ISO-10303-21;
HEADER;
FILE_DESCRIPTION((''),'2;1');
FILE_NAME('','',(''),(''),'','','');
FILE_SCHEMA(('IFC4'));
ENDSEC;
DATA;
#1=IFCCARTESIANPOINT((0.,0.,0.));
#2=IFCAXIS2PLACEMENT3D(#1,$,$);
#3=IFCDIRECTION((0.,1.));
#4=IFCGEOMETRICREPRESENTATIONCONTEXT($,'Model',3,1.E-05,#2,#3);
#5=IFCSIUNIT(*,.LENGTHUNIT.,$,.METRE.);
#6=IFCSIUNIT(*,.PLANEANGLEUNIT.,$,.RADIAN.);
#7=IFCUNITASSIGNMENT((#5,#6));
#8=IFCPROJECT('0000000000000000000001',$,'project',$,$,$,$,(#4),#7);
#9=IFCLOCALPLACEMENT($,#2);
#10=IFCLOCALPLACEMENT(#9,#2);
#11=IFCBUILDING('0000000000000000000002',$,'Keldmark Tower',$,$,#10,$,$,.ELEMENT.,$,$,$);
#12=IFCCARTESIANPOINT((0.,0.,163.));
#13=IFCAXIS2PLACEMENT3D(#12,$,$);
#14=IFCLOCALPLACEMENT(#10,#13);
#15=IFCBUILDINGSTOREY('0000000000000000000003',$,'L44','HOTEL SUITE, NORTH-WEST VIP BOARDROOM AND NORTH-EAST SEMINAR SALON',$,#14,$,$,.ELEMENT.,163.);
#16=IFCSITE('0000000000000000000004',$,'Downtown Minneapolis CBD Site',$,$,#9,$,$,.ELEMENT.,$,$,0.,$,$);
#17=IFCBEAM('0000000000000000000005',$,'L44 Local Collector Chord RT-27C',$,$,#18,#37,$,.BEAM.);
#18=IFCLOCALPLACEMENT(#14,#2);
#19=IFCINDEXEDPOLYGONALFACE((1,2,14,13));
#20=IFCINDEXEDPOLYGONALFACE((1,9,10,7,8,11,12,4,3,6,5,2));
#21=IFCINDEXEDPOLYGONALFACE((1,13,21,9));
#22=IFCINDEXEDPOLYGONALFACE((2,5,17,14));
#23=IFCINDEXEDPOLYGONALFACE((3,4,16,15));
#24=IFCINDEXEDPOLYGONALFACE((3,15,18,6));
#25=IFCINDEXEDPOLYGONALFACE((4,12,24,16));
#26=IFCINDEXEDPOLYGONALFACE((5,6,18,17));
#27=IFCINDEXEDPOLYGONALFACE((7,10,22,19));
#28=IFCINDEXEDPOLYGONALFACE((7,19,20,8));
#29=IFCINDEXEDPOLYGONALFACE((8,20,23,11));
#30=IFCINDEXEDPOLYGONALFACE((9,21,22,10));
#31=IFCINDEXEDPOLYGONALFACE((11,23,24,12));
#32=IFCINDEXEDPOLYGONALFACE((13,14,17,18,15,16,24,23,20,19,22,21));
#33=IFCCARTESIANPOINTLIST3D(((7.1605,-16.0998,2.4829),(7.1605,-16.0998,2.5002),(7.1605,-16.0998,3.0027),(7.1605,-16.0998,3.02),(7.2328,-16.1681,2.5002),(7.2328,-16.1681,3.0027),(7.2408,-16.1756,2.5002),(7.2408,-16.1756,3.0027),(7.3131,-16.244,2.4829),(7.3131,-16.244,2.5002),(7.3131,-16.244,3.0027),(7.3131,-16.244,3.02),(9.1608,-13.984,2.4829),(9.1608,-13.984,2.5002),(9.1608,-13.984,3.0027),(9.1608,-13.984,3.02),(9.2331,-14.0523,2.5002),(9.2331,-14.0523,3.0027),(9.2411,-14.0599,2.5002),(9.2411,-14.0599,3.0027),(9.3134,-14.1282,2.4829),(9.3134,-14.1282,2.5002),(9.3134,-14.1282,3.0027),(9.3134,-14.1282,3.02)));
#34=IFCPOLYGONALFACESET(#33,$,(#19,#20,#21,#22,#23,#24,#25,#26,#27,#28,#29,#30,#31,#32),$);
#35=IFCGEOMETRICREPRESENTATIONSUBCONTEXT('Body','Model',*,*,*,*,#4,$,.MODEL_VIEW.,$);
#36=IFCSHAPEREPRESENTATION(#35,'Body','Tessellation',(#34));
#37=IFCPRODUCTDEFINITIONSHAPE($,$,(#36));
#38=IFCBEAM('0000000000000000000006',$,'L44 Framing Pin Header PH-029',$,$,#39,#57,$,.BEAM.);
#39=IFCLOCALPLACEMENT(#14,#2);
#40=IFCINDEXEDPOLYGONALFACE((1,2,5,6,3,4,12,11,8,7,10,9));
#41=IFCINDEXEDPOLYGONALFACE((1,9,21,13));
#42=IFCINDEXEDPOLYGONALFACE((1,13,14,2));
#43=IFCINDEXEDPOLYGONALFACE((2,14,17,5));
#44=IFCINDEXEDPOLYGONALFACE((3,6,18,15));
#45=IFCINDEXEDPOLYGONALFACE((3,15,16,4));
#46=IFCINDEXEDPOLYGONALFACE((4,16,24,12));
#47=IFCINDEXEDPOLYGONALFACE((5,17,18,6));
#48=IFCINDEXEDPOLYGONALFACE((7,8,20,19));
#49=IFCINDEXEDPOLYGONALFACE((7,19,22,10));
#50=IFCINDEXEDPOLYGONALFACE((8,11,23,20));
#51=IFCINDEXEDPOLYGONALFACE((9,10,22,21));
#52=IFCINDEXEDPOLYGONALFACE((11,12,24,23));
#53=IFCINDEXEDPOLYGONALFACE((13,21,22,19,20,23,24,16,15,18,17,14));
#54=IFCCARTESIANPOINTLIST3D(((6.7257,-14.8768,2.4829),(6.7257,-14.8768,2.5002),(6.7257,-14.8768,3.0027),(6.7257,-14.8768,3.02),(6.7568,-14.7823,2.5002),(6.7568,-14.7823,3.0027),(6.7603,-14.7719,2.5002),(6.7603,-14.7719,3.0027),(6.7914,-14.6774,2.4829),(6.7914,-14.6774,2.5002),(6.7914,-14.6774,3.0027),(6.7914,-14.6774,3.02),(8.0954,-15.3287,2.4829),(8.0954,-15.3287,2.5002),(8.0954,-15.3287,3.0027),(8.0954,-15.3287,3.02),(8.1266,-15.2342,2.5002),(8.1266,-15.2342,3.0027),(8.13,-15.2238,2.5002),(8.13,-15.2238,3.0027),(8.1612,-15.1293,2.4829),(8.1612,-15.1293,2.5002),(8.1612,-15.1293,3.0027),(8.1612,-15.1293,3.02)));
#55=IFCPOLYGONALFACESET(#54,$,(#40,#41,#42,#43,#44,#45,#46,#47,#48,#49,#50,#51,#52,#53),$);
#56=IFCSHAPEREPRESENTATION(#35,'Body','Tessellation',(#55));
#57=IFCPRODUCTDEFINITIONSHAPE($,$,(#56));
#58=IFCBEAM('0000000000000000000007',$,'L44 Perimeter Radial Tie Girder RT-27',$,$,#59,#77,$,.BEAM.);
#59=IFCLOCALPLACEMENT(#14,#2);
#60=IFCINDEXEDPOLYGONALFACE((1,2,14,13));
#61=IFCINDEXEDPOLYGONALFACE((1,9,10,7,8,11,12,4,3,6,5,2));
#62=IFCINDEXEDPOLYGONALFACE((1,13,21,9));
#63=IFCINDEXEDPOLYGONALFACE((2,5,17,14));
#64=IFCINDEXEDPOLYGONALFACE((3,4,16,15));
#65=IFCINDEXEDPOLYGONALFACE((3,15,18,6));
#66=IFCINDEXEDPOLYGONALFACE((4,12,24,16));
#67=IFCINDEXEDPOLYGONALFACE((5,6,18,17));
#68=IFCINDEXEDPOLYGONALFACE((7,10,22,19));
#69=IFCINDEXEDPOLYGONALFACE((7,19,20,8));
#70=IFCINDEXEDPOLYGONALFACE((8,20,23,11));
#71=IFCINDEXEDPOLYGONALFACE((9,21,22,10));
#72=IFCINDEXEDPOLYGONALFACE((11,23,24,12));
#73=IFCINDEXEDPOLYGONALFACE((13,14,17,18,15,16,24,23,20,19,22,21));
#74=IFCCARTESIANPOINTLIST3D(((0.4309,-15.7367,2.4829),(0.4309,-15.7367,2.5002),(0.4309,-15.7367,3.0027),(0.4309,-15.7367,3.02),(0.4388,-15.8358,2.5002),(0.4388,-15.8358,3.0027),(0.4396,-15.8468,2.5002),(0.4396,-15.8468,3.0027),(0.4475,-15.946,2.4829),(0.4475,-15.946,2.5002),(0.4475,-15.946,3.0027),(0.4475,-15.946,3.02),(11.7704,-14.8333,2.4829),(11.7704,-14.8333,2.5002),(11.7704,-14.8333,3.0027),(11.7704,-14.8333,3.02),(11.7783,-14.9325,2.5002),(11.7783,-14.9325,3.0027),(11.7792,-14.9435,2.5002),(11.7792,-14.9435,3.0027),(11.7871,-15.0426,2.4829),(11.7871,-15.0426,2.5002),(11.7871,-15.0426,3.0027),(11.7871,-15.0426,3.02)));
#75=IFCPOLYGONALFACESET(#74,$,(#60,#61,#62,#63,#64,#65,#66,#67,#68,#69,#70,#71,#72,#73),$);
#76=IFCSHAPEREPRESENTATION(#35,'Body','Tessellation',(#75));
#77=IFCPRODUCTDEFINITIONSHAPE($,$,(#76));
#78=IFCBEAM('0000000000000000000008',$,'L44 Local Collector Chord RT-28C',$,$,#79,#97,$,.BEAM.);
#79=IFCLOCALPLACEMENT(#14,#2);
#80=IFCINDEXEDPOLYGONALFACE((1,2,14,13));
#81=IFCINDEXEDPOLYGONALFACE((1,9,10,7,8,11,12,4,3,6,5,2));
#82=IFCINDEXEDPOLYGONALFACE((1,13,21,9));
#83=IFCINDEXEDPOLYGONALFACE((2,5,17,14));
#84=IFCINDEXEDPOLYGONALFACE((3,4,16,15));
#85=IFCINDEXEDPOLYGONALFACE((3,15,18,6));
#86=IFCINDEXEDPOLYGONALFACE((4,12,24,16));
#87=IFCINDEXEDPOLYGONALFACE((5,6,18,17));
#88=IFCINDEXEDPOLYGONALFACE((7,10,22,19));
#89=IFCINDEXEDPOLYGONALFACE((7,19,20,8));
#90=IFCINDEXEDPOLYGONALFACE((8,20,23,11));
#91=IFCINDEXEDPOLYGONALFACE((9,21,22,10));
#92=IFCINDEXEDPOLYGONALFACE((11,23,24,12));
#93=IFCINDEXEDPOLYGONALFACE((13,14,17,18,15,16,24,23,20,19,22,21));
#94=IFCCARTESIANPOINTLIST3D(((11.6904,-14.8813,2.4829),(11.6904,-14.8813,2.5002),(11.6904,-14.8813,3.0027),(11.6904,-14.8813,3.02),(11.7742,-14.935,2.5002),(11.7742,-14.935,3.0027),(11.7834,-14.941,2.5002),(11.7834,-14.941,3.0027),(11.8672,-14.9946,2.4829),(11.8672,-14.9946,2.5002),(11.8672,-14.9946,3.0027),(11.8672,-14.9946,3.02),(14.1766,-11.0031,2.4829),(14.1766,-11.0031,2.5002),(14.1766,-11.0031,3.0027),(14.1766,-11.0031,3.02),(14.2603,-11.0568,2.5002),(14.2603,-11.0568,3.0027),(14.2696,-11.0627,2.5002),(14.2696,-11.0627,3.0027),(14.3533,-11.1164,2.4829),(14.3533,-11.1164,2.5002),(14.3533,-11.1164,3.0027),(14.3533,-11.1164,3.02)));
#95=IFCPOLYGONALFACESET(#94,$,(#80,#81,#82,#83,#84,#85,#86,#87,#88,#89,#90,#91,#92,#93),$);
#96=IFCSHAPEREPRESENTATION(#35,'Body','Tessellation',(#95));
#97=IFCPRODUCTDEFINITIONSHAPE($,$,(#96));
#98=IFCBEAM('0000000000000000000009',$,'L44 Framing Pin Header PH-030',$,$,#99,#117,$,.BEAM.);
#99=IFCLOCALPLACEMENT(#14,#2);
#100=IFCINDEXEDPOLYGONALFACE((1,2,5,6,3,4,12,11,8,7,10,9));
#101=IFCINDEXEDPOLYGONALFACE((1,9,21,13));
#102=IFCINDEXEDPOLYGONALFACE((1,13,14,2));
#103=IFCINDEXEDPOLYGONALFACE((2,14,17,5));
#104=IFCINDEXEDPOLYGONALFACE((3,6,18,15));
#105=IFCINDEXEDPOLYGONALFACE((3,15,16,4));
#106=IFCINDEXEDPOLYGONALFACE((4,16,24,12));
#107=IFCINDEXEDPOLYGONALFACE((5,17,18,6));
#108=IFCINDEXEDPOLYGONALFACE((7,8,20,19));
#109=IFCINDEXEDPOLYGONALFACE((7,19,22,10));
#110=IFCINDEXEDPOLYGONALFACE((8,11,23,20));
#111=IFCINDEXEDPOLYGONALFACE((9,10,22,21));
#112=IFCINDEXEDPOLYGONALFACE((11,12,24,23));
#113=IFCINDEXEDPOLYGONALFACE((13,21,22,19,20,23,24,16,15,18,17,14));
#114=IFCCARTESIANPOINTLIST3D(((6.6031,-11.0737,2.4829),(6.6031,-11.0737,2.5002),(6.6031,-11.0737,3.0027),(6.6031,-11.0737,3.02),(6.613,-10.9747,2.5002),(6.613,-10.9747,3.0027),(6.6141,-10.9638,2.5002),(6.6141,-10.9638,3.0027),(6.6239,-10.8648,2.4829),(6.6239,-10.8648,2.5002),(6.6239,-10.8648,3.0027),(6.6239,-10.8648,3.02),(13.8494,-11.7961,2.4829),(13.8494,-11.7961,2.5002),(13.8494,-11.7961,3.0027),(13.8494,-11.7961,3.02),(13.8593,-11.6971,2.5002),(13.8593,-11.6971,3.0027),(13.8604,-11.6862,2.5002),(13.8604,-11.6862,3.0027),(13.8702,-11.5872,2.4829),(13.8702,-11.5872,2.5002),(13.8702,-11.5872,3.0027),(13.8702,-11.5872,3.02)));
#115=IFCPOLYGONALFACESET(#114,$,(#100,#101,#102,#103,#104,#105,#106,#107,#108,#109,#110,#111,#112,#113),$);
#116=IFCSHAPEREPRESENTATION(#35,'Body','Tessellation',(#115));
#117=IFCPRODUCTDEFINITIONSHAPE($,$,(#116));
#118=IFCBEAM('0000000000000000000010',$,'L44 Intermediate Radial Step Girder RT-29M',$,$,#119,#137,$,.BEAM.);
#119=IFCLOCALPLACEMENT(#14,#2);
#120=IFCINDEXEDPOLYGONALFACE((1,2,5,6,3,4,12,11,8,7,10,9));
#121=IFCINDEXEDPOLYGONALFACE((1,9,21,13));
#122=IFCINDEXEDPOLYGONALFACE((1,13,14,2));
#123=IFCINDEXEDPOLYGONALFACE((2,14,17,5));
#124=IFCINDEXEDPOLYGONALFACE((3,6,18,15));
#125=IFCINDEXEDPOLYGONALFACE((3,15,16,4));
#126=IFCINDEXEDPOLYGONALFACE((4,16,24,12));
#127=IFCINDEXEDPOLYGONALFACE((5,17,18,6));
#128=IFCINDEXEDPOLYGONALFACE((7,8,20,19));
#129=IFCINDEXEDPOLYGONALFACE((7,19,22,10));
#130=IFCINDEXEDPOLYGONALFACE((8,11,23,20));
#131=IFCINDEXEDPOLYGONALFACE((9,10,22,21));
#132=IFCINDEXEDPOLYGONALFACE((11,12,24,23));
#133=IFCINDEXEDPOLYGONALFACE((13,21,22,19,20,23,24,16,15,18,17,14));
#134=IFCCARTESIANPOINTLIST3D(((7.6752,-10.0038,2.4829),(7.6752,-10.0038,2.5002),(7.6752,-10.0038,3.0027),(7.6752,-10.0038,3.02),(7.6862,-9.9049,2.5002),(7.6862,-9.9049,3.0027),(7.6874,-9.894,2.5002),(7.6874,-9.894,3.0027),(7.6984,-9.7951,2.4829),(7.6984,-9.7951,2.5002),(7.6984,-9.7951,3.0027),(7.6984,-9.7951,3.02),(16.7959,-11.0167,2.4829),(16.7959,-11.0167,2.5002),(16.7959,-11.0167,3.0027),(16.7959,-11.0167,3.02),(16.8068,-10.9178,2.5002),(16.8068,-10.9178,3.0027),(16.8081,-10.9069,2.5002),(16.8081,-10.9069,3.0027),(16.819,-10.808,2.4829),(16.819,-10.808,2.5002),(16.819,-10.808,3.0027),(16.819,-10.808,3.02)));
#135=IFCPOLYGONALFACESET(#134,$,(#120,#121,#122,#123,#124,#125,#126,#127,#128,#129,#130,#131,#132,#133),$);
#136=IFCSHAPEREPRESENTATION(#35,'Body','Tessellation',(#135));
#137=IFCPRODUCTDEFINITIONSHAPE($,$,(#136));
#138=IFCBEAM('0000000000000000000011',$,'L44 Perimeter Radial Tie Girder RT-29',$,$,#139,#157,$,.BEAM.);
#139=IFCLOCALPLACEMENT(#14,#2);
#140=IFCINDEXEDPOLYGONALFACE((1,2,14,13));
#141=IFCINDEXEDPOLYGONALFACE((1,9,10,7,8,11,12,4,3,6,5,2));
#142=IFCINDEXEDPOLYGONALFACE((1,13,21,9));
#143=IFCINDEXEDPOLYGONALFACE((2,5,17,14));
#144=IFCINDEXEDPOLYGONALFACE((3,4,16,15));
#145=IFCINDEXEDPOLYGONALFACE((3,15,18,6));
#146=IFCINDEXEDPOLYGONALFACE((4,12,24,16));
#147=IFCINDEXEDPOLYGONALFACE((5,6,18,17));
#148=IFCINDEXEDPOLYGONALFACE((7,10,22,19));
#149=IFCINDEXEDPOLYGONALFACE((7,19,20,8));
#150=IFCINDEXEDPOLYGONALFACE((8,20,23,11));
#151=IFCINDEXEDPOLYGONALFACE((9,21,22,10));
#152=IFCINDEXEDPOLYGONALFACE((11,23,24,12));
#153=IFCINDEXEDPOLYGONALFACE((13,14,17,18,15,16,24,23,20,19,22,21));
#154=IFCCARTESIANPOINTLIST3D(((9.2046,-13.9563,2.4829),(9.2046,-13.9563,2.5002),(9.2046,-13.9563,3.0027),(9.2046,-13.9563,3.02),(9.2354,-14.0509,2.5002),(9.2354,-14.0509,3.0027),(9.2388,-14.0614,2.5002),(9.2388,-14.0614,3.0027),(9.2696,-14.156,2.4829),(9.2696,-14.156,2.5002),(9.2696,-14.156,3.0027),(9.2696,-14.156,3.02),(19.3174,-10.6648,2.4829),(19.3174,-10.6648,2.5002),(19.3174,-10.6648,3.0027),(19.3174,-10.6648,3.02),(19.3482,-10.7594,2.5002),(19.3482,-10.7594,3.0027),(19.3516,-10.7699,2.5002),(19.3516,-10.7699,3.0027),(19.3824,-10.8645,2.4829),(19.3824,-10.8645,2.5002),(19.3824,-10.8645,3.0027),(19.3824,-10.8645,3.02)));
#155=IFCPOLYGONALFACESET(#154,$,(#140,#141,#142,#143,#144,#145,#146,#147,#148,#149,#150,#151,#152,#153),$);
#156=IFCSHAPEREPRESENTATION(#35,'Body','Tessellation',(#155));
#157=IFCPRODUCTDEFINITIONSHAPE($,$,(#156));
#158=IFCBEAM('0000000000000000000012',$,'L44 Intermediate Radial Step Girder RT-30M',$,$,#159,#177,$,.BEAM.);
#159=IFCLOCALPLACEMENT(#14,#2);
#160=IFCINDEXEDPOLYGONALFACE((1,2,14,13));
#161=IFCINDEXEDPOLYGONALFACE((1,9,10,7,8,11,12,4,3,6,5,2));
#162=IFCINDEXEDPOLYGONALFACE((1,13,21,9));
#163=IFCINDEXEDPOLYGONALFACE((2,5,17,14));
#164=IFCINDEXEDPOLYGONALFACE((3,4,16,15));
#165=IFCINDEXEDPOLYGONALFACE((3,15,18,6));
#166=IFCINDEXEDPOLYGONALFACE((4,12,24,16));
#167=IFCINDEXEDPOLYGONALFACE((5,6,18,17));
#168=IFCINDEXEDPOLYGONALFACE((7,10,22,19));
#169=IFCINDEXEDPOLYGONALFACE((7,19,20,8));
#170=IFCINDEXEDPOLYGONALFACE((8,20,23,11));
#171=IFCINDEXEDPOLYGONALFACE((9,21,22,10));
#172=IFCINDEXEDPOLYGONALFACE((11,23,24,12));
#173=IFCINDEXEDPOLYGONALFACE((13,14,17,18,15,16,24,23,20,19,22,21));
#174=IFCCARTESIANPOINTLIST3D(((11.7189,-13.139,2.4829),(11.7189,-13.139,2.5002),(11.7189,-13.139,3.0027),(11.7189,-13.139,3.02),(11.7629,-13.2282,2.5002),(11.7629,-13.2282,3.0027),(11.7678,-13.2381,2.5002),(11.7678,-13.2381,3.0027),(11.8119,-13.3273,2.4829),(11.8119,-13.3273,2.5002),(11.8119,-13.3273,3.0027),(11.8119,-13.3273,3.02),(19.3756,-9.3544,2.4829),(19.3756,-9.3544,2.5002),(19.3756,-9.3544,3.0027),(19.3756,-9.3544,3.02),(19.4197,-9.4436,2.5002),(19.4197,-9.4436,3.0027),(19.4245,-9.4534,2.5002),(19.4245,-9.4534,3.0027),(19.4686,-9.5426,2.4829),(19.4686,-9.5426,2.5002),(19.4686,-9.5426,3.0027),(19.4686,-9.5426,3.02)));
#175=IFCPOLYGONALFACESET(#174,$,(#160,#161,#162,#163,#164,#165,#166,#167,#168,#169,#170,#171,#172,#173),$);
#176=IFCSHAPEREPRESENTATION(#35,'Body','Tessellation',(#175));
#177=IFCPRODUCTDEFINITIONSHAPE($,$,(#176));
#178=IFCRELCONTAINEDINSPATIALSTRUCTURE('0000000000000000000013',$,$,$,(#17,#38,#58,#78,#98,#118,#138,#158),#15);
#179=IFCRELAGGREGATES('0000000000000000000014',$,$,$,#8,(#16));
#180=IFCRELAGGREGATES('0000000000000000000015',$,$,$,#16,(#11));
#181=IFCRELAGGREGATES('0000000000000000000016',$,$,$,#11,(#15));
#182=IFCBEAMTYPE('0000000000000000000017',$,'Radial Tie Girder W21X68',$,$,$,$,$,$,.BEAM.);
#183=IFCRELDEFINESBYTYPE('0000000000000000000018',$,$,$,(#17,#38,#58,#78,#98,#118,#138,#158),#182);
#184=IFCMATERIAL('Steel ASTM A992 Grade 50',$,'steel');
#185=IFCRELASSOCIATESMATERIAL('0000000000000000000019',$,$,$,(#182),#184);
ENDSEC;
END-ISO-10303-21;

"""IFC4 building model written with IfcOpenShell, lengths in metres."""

from ifc_helpers import new_model, si_unit, direction, frame, origin, origin_2d, place, context, subcontext, project, spatial, i_section, extrude, material, material_profile, profile_set, type_object, element, save


model = new_model("IFC4")

# Units and contexts
model_context = context("Model", 3, precision=1e-05, world=origin(), true_north=direction((0.0, 1.0)))
body_context = subcontext(model_context, "Body", "Model", "MODEL_VIEW")
ifc_project = project(units=[si_unit("LENGTHUNIT", "METRE"), si_unit("PLANEANGLEUNIT", "RADIAN")], contexts=[model_context])

# Site, building, storey
site_placement = place(None, origin())
site = spatial("IfcSite", under=ifc_project, at=site_placement, Name="Downtown Minneapolis CBD Site", CompositionType="ELEMENT", RefElevation=0.0)
building_placement = place(site_placement, origin())
building = spatial("IfcBuilding", under=site, at=building_placement, Name="Keldmark Tower", CompositionType="ELEMENT")
storey_placement = place(building_placement, frame((0.0, 0.0, 163.0)))
storey = spatial("IfcBuildingStorey", under=building, at=storey_placement, Name="L44", Description="HOTEL SUITE, NORTH-WEST VIP BOARDROOM AND NORTH-EAST SEMINAR SALON", CompositionType="ELEMENT", Elevation=163.0)

# Beams
ifc_material_1 = material(Name="Steel ASTM A992 Grade 50", Category="steel")
ifc_material_profile_1 = material_profile(ifc_material_1, i_section(OverallWidth=0.21, OverallDepth=0.5371, WebThickness=0.011, FlangeThickness=0.0173, at=origin_2d()), Name="W21X68")
ifc_profile_set_1 = profile_set([ifc_material_profile_1], Name="Steel ASTM A992 Grade 50")
beam_type_1 = type_object("IfcBeamType", Name="Radial Tie Girder W21X68", PredefinedType="BEAM", material=ifc_profile_set_1)
beam_1_placement = place(storey_placement, frame((7.2368, -16.1719, 2.7515), z_axis=(0.686998, 0.72666, 0.0), x_axis=(-0.72666, 0.686998, 0.0)))
element("IfcBeam", 1, at=beam_1_placement, inside=storey, type_object=beam_type_1, Name="L44 Local Collector Chord RT-27C", PredefinedType="BEAM", context=body_context, shape_type="SweptSolid", body=[
    extrude(i_section(OverallWidth=0.21, OverallDepth=0.5371, WebThickness=0.011, FlangeThickness=0.0173, at=origin_2d()), origin(), (0.0, 0.0, 1.0), 2.9116),
])
beam_2_placement = place(storey_placement, frame((6.7585, -14.7771, 2.7515), z_axis=(0.94966, -0.313281, 0.0), x_axis=(0.313281, 0.94966, 0.0)))
element("IfcBeam", 2, at=beam_2_placement, inside=storey, type_object=beam_type_1, Name="L44 Framing Pin Header PH-029", PredefinedType="BEAM", context=body_context, shape_type="SweptSolid", body=[
    extrude(i_section(OverallWidth=0.21, OverallDepth=0.5371, WebThickness=0.011, FlangeThickness=0.0173, at=origin_2d()), origin(), (0.0, 0.0, 1.0), 1.4424),
])
beam_3_placement = place(storey_placement, frame((0.4392, -15.8413, 2.7515), z_axis=(0.996842, 0.079409, 0.0), x_axis=(-0.079409, 0.996842, 0.0)))
element("IfcBeam", 3, at=beam_3_placement, inside=storey, type_object=beam_type_1, Name="L44 Perimeter Radial Tie Girder RT-27", PredefinedType="BEAM", context=body_context, shape_type="SweptSolid", body=[
    extrude(i_section(OverallWidth=0.21, OverallDepth=0.5371, WebThickness=0.011, FlangeThickness=0.0173, at=origin_2d()), origin(), (0.0, 0.0, 1.0), 11.3755),
])
beam_4_placement = place(storey_placement, frame((11.7788, -14.938, 2.7515), z_axis=(0.539678, 0.841872, 0.0), x_axis=(-0.841872, 0.539678, 0.0)))
element("IfcBeam", 4, at=beam_4_placement, inside=storey, type_object=beam_type_1, Name="L44 Local Collector Chord RT-28C", PredefinedType="BEAM", context=body_context, shape_type="SweptSolid", body=[
    extrude(i_section(OverallWidth=0.21, OverallDepth=0.5371, WebThickness=0.011, FlangeThickness=0.0173, at=origin_2d()), origin(), (0.0, 0.0, 1.0), 4.6067),
])
beam_5_placement = place(storey_placement, frame((6.6135, -10.9692, 2.7515), z_axis=(0.995067, -0.099202, 0.0), x_axis=(0.099202, 0.995067, 0.0)))
element("IfcBeam", 5, at=beam_5_placement, inside=storey, type_object=beam_type_1, Name="L44 Framing Pin Header PH-030", PredefinedType="BEAM", context=body_context, shape_type="SweptSolid", body=[
    extrude(i_section(OverallWidth=0.21, OverallDepth=0.5371, WebThickness=0.011, FlangeThickness=0.0173, at=origin_2d()), origin(), (0.0, 0.0, 1.0), 7.2822),
])
beam_6_placement = place(storey_placement, frame((7.6868, -9.8994, 2.7515), z_axis=(0.993889, -0.110382, 0.0), x_axis=(0.110382, 0.993889, 0.0)))
element("IfcBeam", 6, at=beam_6_placement, inside=storey, type_object=beam_type_1, Name="L44 Intermediate Radial Step Girder RT-29M", PredefinedType="BEAM", context=body_context, shape_type="SweptSolid", body=[
    extrude(i_section(OverallWidth=0.21, OverallDepth=0.5371, WebThickness=0.011, FlangeThickness=0.0173, at=origin_2d()), origin(), (0.0, 0.0, 1.0), 9.1768),
])
beam_7_placement = place(storey_placement, frame((9.2371, -14.0562, 2.7515), z_axis=(0.9509, 0.309498, 0.0), x_axis=(-0.309498, 0.9509, 0.0)))
element("IfcBeam", 7, at=beam_7_placement, inside=storey, type_object=beam_type_1, Name="L44 Perimeter Radial Tie Girder RT-29", PredefinedType="BEAM", context=body_context, shape_type="SweptSolid", body=[
    extrude(i_section(OverallWidth=0.21, OverallDepth=0.5371, WebThickness=0.011, FlangeThickness=0.0173, at=origin_2d()), origin(), (0.0, 0.0, 1.0), 10.635),
])
beam_8_placement = place(storey_placement, frame((11.7654, -13.2332, 2.7515), z_axis=(0.896464, 0.443116, 0.0), x_axis=(-0.443116, 0.896464, 0.0)))
element("IfcBeam", 8, at=beam_8_placement, inside=storey, type_object=beam_type_1, Name="L44 Intermediate Radial Step Girder RT-30M", PredefinedType="BEAM", context=body_context, shape_type="SweptSolid", body=[
    extrude(i_section(OverallWidth=0.21, OverallDepth=0.5371, WebThickness=0.011, FlangeThickness=0.0173, at=origin_2d()), origin(), (0.0, 0.0, 1.0), 8.541),
])

save(model, "model.ifc")
